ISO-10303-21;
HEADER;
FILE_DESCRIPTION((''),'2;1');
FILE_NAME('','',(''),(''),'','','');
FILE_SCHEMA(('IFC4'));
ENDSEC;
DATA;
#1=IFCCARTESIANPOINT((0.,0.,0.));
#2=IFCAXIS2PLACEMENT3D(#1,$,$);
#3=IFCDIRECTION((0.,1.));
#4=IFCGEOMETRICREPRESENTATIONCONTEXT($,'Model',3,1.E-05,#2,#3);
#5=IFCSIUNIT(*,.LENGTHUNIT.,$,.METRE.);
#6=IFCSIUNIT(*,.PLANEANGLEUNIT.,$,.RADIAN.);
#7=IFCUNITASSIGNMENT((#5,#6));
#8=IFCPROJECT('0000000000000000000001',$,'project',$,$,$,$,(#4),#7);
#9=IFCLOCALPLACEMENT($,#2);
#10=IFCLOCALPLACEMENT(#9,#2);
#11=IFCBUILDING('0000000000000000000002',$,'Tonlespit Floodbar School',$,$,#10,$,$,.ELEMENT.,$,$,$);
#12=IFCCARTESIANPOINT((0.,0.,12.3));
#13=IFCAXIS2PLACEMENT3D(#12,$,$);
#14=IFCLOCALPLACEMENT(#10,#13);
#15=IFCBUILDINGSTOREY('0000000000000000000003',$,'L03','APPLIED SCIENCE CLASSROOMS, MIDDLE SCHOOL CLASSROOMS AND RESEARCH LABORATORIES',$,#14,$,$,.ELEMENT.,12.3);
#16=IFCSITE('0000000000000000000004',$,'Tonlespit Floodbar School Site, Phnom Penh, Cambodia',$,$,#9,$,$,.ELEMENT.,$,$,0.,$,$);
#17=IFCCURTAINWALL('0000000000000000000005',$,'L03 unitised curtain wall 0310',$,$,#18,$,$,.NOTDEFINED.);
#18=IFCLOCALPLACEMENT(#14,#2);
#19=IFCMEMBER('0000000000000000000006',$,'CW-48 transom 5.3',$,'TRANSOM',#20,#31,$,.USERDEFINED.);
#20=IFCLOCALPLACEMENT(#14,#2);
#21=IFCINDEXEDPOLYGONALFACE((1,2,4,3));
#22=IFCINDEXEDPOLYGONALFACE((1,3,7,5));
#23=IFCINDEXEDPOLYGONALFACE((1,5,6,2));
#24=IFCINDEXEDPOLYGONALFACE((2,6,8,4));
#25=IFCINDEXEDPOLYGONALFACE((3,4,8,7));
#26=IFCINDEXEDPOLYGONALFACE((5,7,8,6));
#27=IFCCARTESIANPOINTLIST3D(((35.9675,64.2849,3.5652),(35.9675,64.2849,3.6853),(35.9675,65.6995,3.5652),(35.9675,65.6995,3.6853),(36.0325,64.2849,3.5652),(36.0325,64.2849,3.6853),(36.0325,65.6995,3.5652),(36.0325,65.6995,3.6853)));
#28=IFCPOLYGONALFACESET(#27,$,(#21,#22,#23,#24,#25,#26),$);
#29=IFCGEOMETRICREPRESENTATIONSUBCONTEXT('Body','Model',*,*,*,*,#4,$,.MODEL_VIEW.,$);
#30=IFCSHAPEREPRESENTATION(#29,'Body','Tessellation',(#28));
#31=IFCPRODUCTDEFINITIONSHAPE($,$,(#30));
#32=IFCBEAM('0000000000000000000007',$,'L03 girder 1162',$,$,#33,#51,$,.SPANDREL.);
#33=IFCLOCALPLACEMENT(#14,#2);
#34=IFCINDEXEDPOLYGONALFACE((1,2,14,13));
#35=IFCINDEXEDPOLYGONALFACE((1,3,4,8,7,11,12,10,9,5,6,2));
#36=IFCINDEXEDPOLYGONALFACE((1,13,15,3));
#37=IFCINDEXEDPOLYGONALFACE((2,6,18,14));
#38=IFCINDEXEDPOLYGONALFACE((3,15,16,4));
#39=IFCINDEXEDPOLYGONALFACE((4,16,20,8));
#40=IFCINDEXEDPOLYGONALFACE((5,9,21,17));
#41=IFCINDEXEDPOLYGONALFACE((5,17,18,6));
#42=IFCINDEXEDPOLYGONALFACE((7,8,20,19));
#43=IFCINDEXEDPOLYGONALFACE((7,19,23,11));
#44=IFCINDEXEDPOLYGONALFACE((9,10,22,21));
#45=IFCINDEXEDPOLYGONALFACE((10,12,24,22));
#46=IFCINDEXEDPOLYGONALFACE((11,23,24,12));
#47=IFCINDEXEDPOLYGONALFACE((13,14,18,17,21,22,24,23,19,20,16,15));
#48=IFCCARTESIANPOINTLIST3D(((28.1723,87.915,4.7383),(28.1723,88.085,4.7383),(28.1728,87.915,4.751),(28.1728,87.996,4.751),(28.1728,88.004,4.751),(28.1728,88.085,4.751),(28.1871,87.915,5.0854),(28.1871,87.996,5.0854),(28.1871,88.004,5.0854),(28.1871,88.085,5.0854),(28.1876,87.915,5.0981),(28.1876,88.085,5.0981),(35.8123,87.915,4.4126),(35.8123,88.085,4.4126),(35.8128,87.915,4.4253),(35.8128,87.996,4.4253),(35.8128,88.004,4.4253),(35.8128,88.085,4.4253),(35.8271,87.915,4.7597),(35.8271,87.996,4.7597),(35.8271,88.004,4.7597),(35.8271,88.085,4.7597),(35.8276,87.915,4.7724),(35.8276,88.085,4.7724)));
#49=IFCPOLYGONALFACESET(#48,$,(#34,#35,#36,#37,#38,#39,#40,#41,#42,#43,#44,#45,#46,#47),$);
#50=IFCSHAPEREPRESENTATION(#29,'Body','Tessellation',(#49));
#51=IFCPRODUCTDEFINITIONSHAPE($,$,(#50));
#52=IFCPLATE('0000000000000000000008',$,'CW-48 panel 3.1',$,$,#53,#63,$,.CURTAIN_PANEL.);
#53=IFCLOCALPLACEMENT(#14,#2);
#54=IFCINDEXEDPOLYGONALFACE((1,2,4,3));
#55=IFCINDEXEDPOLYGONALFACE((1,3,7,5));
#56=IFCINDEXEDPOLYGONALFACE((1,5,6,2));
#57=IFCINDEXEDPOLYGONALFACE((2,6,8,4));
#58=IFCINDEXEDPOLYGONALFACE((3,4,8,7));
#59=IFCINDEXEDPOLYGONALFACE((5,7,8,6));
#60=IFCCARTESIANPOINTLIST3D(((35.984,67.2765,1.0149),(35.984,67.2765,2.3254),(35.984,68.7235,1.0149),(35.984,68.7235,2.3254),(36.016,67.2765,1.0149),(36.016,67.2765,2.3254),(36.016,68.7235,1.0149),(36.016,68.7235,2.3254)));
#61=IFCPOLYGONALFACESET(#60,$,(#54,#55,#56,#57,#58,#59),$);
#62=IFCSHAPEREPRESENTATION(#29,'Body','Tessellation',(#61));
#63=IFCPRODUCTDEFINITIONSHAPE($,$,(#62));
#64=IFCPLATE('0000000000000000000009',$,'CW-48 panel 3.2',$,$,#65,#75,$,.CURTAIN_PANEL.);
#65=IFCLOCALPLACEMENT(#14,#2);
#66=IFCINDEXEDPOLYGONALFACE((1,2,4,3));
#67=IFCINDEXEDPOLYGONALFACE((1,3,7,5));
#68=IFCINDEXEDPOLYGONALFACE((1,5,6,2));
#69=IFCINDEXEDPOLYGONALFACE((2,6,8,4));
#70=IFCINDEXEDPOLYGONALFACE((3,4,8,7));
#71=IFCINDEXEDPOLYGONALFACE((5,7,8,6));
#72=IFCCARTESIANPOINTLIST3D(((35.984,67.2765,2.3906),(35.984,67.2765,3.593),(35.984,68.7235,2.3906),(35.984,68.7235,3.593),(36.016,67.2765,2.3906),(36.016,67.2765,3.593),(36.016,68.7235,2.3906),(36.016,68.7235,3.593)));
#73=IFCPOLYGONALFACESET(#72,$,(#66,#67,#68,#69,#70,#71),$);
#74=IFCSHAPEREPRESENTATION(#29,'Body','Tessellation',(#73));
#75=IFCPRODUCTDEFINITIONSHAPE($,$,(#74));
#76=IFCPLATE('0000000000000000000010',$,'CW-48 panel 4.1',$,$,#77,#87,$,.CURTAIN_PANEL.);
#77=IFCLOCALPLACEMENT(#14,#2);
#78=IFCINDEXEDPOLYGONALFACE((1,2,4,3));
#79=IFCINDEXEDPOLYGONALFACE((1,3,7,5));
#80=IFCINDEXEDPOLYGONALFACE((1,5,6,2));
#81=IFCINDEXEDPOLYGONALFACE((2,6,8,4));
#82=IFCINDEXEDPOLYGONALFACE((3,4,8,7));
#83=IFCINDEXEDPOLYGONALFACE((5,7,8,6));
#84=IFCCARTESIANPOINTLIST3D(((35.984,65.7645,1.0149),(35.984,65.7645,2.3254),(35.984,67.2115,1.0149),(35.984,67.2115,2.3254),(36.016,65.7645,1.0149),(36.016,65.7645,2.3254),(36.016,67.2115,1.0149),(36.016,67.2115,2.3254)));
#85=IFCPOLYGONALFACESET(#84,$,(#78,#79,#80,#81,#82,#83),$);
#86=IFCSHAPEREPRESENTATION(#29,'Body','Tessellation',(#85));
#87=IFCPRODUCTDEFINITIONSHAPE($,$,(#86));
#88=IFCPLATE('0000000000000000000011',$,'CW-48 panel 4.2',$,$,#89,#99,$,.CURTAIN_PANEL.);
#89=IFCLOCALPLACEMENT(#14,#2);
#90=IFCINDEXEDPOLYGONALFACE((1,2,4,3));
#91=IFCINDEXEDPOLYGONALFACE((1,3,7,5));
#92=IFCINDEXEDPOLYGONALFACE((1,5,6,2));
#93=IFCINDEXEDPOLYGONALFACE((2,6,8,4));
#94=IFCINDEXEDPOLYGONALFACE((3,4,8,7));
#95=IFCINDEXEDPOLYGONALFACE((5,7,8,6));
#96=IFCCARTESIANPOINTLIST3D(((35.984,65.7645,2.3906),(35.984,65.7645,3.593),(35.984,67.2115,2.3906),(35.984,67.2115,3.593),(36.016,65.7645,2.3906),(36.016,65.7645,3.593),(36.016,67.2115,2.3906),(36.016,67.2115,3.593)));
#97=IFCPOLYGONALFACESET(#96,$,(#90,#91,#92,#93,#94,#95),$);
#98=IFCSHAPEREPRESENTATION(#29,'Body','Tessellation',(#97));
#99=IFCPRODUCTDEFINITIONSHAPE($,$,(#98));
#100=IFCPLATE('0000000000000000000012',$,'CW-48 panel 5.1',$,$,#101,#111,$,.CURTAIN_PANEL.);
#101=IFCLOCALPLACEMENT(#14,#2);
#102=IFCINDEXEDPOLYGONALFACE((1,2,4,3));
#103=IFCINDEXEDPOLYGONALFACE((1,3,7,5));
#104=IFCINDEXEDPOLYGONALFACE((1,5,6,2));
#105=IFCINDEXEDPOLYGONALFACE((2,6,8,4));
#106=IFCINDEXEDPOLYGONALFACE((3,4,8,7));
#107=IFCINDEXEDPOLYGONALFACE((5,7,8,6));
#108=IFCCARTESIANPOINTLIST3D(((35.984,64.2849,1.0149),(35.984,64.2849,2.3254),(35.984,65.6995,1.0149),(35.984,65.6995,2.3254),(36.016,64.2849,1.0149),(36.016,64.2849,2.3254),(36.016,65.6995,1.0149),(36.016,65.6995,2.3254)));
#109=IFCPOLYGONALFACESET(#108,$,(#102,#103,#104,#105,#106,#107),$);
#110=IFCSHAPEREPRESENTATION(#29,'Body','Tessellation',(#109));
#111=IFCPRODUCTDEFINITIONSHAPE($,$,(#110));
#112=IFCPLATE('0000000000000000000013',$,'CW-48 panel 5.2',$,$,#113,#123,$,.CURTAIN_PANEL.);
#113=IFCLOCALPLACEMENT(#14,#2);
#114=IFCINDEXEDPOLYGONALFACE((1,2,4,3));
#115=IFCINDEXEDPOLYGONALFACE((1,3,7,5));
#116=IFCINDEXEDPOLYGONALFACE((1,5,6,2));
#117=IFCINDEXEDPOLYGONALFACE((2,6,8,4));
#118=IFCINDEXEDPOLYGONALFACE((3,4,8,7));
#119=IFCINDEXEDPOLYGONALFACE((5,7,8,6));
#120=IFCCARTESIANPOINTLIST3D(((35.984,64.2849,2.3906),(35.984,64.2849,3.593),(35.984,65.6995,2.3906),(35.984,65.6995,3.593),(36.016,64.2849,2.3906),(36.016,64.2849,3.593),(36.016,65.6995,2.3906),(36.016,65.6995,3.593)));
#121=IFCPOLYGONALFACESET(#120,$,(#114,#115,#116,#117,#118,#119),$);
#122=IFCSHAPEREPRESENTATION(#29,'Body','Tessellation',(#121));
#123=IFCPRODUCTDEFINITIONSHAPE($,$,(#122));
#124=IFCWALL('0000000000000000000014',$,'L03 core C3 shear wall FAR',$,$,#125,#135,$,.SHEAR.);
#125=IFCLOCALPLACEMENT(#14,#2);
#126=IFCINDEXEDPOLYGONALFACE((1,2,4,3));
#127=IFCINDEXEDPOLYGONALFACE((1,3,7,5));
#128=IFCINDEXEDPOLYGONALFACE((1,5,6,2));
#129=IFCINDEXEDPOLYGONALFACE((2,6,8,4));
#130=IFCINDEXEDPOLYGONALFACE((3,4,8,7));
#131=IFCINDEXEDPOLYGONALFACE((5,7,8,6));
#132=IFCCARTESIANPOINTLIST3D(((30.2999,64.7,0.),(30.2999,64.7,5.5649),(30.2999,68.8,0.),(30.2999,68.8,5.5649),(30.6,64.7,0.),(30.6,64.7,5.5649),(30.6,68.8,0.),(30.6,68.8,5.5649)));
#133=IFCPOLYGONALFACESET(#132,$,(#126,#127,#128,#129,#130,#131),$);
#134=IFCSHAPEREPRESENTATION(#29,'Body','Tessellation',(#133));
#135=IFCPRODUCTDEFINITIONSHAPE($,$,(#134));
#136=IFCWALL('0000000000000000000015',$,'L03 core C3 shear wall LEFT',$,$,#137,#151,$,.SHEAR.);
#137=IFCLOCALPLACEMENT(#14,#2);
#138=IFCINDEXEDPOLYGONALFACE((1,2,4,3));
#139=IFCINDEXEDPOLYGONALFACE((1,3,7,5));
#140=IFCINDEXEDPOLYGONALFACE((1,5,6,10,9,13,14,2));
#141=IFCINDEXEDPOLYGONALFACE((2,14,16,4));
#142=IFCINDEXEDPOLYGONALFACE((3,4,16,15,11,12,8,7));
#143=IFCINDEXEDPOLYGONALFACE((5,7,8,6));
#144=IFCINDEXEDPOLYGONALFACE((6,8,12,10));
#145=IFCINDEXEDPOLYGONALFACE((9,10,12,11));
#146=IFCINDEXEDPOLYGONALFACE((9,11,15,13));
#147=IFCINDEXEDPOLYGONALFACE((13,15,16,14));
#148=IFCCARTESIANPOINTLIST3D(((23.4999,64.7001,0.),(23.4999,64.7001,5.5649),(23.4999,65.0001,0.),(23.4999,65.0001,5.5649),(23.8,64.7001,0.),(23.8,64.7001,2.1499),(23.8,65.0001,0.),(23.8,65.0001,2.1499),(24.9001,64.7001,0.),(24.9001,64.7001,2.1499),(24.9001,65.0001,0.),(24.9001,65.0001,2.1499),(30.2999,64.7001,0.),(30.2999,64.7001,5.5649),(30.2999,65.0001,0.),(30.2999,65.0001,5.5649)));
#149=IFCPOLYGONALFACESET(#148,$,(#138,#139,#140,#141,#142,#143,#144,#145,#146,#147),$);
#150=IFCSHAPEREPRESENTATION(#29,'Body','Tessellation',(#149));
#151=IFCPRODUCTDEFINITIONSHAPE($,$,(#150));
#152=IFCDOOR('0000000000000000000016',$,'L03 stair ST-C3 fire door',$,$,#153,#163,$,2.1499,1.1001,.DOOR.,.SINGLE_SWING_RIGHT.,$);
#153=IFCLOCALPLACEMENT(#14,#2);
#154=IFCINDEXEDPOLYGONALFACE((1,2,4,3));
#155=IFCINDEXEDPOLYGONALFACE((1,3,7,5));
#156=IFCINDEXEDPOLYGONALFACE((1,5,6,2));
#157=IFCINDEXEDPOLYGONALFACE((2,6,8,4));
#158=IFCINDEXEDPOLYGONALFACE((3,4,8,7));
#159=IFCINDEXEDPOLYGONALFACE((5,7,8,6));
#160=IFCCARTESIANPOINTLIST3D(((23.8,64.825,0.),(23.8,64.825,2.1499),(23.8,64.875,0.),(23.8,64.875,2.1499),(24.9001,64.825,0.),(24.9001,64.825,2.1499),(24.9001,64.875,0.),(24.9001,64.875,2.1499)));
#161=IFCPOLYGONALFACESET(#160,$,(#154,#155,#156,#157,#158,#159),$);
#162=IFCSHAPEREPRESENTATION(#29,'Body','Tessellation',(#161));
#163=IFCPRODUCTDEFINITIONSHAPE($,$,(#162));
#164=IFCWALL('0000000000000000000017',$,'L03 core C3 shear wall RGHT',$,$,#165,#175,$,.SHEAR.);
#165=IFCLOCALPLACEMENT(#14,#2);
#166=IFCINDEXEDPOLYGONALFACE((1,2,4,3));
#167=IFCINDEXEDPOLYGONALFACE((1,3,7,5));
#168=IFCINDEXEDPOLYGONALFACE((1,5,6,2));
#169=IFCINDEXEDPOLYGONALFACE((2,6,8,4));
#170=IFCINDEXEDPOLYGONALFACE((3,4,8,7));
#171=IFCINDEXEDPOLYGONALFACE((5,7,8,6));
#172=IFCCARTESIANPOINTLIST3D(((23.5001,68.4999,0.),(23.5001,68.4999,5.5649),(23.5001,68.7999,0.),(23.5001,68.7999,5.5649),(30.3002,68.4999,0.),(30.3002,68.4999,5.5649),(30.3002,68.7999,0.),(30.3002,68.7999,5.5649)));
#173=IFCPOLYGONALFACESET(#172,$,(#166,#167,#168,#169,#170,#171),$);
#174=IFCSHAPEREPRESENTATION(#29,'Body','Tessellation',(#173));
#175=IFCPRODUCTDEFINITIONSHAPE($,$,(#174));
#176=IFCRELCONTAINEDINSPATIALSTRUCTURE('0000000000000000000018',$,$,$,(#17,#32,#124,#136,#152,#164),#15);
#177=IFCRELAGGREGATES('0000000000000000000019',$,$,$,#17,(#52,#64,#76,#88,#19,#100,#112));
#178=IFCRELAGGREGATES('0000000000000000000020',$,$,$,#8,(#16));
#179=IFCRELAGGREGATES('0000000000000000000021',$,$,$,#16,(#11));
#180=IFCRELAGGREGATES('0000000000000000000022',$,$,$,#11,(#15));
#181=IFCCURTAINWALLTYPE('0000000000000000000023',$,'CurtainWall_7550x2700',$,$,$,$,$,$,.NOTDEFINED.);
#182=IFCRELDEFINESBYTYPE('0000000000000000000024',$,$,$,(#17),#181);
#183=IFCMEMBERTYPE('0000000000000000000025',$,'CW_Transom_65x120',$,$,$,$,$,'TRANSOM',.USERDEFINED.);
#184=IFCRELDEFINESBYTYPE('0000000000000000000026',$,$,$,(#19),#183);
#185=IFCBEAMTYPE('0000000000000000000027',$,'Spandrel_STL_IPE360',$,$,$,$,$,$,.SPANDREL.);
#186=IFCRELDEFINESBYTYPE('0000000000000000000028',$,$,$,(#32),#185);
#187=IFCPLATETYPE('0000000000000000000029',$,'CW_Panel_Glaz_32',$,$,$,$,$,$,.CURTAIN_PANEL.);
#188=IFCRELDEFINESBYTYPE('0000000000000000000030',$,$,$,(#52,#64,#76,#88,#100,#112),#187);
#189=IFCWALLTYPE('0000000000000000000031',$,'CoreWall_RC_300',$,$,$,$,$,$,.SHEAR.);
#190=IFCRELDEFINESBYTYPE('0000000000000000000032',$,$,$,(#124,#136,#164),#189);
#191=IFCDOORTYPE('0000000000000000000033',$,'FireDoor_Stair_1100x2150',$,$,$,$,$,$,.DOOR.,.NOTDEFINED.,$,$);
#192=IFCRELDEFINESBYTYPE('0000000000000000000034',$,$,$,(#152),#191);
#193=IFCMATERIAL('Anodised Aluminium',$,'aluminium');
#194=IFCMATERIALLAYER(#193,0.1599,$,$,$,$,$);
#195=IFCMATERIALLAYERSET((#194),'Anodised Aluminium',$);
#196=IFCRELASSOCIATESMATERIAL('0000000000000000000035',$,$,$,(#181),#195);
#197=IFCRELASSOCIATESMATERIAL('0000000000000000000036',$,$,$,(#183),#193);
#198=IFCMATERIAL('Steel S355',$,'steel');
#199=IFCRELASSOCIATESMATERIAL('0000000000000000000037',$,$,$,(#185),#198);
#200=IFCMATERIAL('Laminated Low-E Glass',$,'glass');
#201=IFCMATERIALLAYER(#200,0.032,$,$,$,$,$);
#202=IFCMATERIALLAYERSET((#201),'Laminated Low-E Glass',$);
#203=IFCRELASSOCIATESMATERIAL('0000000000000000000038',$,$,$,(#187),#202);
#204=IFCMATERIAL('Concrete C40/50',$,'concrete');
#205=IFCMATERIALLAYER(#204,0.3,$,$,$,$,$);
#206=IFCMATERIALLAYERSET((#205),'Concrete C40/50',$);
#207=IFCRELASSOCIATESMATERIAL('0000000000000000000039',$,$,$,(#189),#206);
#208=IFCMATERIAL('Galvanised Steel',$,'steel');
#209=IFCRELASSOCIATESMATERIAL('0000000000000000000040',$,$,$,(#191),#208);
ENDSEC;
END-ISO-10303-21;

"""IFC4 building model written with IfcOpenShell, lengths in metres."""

from ifc_helpers import new_model, si_unit, direction, frame, frame_2d, origin, origin_2d, place, context, subcontext, project, spatial, rectangle, i_section, extrude, material, layer, layer_set, material_profile, profile_set, type_object, element, fill, aggregate, save


model = new_model("IFC4")

# Units and contexts
model_context = context("Model", 3, precision=1e-05, world=origin(), true_north=direction((0.0, 1.0)))
body_context = subcontext(model_context, "Body", "Model", "MODEL_VIEW")
ifc_project = project(units=[si_unit("LENGTHUNIT", "METRE"), si_unit("PLANEANGLEUNIT", "RADIAN")], contexts=[model_context])

# Site, building, storey
site_placement = place(None, origin())
site = spatial("IfcSite", under=ifc_project, at=site_placement, Name="Tonlespit Floodbar School Site, Phnom Penh, Cambodia", CompositionType="ELEMENT", RefElevation=0.0)
building_placement = place(site_placement, origin())
building = spatial("IfcBuilding", under=site, at=building_placement, Name="Tonlespit Floodbar School", CompositionType="ELEMENT")
storey_placement = place(building_placement, frame((0.0, 0.0, 12.3)))
storey = spatial("IfcBuildingStorey", under=building, at=storey_placement, Name="L03", Description="APPLIED SCIENCE CLASSROOMS, MIDDLE SCHOOL CLASSROOMS AND RESEARCH LABORATORIES", CompositionType="ELEMENT", Elevation=12.3)

# Curtain wall, member
ifc_material_1 = material(Name="Anodised Aluminium", Category="aluminium")
ifc_layer_1 = layer(ifc_material_1, 0.1599)
ifc_layer_set_1 = layer_set([ifc_layer_1], Name="Anodised Aluminium")
curtain_wall_type = type_object("IfcCurtainWallType", Name="CurtainWall_7550x2700", PredefinedType="NOTDEFINED", material=ifc_layer_set_1)
curtain_wall_placement = place(storey_placement, origin())
curtain_wall = element("IfcCurtainWall", 1, at=curtain_wall_placement, inside=storey, type_object=curtain_wall_type, Name="L03 unitised curtain wall 0310", PredefinedType="NOTDEFINED")
ifc_material_profile_1 = material_profile(ifc_material_1, rectangle(XDim=0.0649, YDim=0.1201, at=origin_2d()), Name="ALU T65x120")
ifc_profile_set_1 = profile_set([ifc_material_profile_1], Name="Anodised Aluminium")
member_type_1 = type_object("IfcMemberType", Name="CW_Transom_65x120", ElementType="TRANSOM", PredefinedType="USERDEFINED", material=ifc_profile_set_1)
member_1_placement = place(storey_placement, frame((36.0, 65.6995, 3.6252), z_axis=(0.0, -1.0, 0.0), x_axis=(1.0, 0.0, 0.0)))
member_1 = element("IfcMember", 2, at=member_1_placement, type_object=member_type_1, Name="CW-48 transom 5.3", ObjectType="TRANSOM", PredefinedType="USERDEFINED", context=body_context, shape_type="SweptSolid", body=[
    extrude(rectangle(XDim=0.0649, YDim=0.1201, at=origin_2d()), origin(), (0.0, 0.0, 1.0), 1.4146),
])

# Beam
ifc_material_2 = material(Name="Steel S355", Category="steel")
ifc_material_profile_2 = material_profile(ifc_material_2, i_section(OverallWidth=0.1699, OverallDepth=0.3601, WebThickness=0.0081, FlangeThickness=0.0127, at=origin_2d()), Name="IPE 360")
ifc_profile_set_2 = profile_set([ifc_material_profile_2], Name="Steel S355")
beam_type_1 = type_object("IfcBeamType", Name="Spandrel_STL_IPE360", PredefinedType="SPANDREL", material=ifc_profile_set_2)
beam_1_placement = place(storey_placement, frame((28.1799, 88.0, 4.9182), z_axis=(0.999093, 0.0, -0.042589), x_axis=(0.0, 1.0, 0.0)))
element("IfcBeam", 3, at=beam_1_placement, inside=storey, type_object=beam_type_1, Name="L03 girder 1162", PredefinedType="SPANDREL", context=body_context, shape_type="SweptSolid", body=[
    extrude(i_section(OverallWidth=0.1699, OverallDepth=0.3601, WebThickness=0.0081, FlangeThickness=0.0127, at=origin_2d()), origin(), (0.0, 0.0, 1.0), 7.647),
])

# Plates
ifc_material_3 = material(Name="Laminated Low-E Glass", Category="glass")
ifc_layer_2 = layer(ifc_material_3, 0.032)
ifc_layer_set_2 = layer_set([ifc_layer_2], Name="Laminated Low-E Glass")
plate_type = type_object("IfcPlateType", Name="CW_Panel_Glaz_32", PredefinedType="CURTAIN_PANEL", material=ifc_layer_set_2)
plate_1_placement = place(storey_placement, frame((36.0, 68.0, 1.0149), z_axis=(0.0, 0.0, 1.0), x_axis=(0.0, -1.0, 0.0)))
plate_1 = element("IfcPlate", 4, at=plate_1_placement, type_object=plate_type, Name="CW-48 panel 3.1", PredefinedType="CURTAIN_PANEL", context=body_context, shape_type="SweptSolid", body=[
    extrude(rectangle(XDim=1.447, YDim=0.032, at=origin_2d()), origin(), (0.0, 0.0, 1.0), 1.3105),
])
plate_2_placement = place(storey_placement, frame((36.0, 68.0, 2.3906), z_axis=(0.0, 0.0, 1.0), x_axis=(0.0, -1.0, 0.0)))
plate_2 = element("IfcPlate", 5, at=plate_2_placement, type_object=plate_type, Name="CW-48 panel 3.2", PredefinedType="CURTAIN_PANEL", context=body_context, shape_type="SweptSolid", body=[
    extrude(rectangle(XDim=1.447, YDim=0.032, at=origin_2d()), origin(), (0.0, 0.0, 1.0), 1.2024),
])
plate_3_placement = place(storey_placement, frame((36.0, 66.488, 1.0149), z_axis=(0.0, 0.0, 1.0), x_axis=(0.0, -1.0, 0.0)))
plate_3 = element("IfcPlate", 6, at=plate_3_placement, type_object=plate_type, Name="CW-48 panel 4.1", PredefinedType="CURTAIN_PANEL", context=body_context, shape_type="SweptSolid", body=[
    extrude(rectangle(XDim=1.447, YDim=0.032, at=origin_2d()), origin(), (0.0, 0.0, 1.0), 1.3105),
])
plate_4_placement = place(storey_placement, frame((36.0, 66.488, 2.3906), z_axis=(0.0, 0.0, 1.0), x_axis=(0.0, -1.0, 0.0)))
plate_4 = element("IfcPlate", 7, at=plate_4_placement, type_object=plate_type, Name="CW-48 panel 4.2", PredefinedType="CURTAIN_PANEL", context=body_context, shape_type="SweptSolid", body=[
    extrude(rectangle(XDim=1.447, YDim=0.032, at=origin_2d()), origin(), (0.0, 0.0, 1.0), 1.2024),
])
plate_5_placement = place(storey_placement, frame((36.0, 64.9922, 1.0149), z_axis=(0.0, 0.0, 1.0), x_axis=(0.0, -1.0, 0.0)))
plate_5 = element("IfcPlate", 8, at=plate_5_placement, type_object=plate_type, Name="CW-48 panel 5.1", PredefinedType="CURTAIN_PANEL", context=body_context, shape_type="SweptSolid", body=[
    extrude(rectangle(XDim=1.4146, YDim=0.032, at=origin_2d()), origin(), (0.0, 0.0, 1.0), 1.3105),
])
plate_6_placement = place(storey_placement, frame((36.0, 64.9922, 2.3906), z_axis=(0.0, 0.0, 1.0), x_axis=(0.0, -1.0, 0.0)))
plate_6 = element("IfcPlate", 9, at=plate_6_placement, type_object=plate_type, Name="CW-48 panel 5.2", PredefinedType="CURTAIN_PANEL", context=body_context, shape_type="SweptSolid", body=[
    extrude(rectangle(XDim=1.4146, YDim=0.032, at=origin_2d()), origin(), (0.0, 0.0, 1.0), 1.2024),
])
aggregate(curtain_wall, [plate_1, plate_2, plate_3, plate_4, member_1, plate_5, plate_6])

# Wall
ifc_material_4 = material(Name="Concrete C40/50", Category="concrete")
ifc_layer_3 = layer(ifc_material_4, 0.3)
ifc_layer_set_3 = layer_set([ifc_layer_3], Name="Concrete C40/50")
wall_type_1 = type_object("IfcWallType", Name="CoreWall_RC_300", PredefinedType="SHEAR", material=ifc_layer_set_3)
wall_1_placement = place(storey_placement, frame((30.45, 68.8, 0.0), z_axis=(0.0, 0.0, 1.0), x_axis=(0.0, -1.0, 0.0)))
element("IfcWall", 10, at=wall_1_placement, inside=storey, type_object=wall_type_1, Name="L03 core C3 shear wall FAR", PredefinedType="SHEAR", context=body_context, shape_type="SweptSolid", body=[
    extrude(rectangle(XDim=4.1001, YDim=0.3, at=frame_2d((2.05, 0.0))), origin(), (0.0, 0.0, 1.0), 5.5649),
])

# Wall, opening, door
wall_2_placement = place(storey_placement, frame((23.5, 64.8501, 0.0), z_axis=(0.0, 0.0, 1.0), x_axis=(1.0, 0.0, 0.0)))
wall_2 = element("IfcWall", 11, at=wall_2_placement, inside=storey, type_object=wall_type_1, Name="L03 core C3 shear wall LEFT", PredefinedType="SHEAR", context=body_context, shape_type="SweptSolid", body=[
    extrude(rectangle(XDim=6.8, YDim=0.3, at=frame_2d((3.3999, 0.0))), origin(), (0.0, 0.0, 1.0), 5.5649),
])
opening_placement = place(wall_2_placement, frame((0.3, 0.0, 0.0)))
opening = element("IfcOpeningElement", 12, at=opening_placement, cuts=wall_2, PredefinedType="OPENING", context=body_context, shape_type="SweptSolid", body=[
    extrude(rectangle(XDim=1.1001, YDim=2.1499, at=frame_2d((0.55, 1.075))), frame((0.0, 0.1599, 0.0), z_axis=(0.0, -1.0, 0.0), x_axis=(1.0, 0.0, 0.0)), (0.0, 0.0, 1.0), 0.3201),
])
ifc_material_5 = material(Name="Galvanised Steel", Category="steel")
door_type = type_object("IfcDoorType", Name="FireDoor_Stair_1100x2150", OperationType="NOTDEFINED", PredefinedType="DOOR", material=ifc_material_5)
door_placement = place(opening_placement, origin())
door = element("IfcDoor", 13, at=door_placement, inside=storey, type_object=door_type, Name="L03 stair ST-C3 fire door", OperationType="SINGLE_SWING_RIGHT", OverallHeight=2.1499, OverallWidth=1.1001, PredefinedType="DOOR", context=body_context, shape_type="SweptSolid", body=[
    extrude(rectangle(XDim=1.1001, YDim=2.1499, at=frame_2d((0.55, 1.075))), frame((0.0, 0.0249, 0.0), z_axis=(0.0, -1.0, 0.0), x_axis=(1.0, 0.0, 0.0)), (0.0, 0.0, 1.0), 0.05),
])
fill(opening, door)

# Wall
wall_3_placement = place(storey_placement, frame((30.3, 68.6499, 0.0), z_axis=(0.0, 0.0, 1.0), x_axis=(-1.0, 0.0, 0.0)))
element("IfcWall", 14, at=wall_3_placement, inside=storey, type_object=wall_type_1, Name="L03 core C3 shear wall RGHT", PredefinedType="SHEAR", context=body_context, shape_type="SweptSolid", body=[
    extrude(rectangle(XDim=6.8, YDim=0.3, at=frame_2d((3.3999, 0.0))), origin(), (0.0, 0.0, 1.0), 5.5649),
])

save(model, "model.ifc")
